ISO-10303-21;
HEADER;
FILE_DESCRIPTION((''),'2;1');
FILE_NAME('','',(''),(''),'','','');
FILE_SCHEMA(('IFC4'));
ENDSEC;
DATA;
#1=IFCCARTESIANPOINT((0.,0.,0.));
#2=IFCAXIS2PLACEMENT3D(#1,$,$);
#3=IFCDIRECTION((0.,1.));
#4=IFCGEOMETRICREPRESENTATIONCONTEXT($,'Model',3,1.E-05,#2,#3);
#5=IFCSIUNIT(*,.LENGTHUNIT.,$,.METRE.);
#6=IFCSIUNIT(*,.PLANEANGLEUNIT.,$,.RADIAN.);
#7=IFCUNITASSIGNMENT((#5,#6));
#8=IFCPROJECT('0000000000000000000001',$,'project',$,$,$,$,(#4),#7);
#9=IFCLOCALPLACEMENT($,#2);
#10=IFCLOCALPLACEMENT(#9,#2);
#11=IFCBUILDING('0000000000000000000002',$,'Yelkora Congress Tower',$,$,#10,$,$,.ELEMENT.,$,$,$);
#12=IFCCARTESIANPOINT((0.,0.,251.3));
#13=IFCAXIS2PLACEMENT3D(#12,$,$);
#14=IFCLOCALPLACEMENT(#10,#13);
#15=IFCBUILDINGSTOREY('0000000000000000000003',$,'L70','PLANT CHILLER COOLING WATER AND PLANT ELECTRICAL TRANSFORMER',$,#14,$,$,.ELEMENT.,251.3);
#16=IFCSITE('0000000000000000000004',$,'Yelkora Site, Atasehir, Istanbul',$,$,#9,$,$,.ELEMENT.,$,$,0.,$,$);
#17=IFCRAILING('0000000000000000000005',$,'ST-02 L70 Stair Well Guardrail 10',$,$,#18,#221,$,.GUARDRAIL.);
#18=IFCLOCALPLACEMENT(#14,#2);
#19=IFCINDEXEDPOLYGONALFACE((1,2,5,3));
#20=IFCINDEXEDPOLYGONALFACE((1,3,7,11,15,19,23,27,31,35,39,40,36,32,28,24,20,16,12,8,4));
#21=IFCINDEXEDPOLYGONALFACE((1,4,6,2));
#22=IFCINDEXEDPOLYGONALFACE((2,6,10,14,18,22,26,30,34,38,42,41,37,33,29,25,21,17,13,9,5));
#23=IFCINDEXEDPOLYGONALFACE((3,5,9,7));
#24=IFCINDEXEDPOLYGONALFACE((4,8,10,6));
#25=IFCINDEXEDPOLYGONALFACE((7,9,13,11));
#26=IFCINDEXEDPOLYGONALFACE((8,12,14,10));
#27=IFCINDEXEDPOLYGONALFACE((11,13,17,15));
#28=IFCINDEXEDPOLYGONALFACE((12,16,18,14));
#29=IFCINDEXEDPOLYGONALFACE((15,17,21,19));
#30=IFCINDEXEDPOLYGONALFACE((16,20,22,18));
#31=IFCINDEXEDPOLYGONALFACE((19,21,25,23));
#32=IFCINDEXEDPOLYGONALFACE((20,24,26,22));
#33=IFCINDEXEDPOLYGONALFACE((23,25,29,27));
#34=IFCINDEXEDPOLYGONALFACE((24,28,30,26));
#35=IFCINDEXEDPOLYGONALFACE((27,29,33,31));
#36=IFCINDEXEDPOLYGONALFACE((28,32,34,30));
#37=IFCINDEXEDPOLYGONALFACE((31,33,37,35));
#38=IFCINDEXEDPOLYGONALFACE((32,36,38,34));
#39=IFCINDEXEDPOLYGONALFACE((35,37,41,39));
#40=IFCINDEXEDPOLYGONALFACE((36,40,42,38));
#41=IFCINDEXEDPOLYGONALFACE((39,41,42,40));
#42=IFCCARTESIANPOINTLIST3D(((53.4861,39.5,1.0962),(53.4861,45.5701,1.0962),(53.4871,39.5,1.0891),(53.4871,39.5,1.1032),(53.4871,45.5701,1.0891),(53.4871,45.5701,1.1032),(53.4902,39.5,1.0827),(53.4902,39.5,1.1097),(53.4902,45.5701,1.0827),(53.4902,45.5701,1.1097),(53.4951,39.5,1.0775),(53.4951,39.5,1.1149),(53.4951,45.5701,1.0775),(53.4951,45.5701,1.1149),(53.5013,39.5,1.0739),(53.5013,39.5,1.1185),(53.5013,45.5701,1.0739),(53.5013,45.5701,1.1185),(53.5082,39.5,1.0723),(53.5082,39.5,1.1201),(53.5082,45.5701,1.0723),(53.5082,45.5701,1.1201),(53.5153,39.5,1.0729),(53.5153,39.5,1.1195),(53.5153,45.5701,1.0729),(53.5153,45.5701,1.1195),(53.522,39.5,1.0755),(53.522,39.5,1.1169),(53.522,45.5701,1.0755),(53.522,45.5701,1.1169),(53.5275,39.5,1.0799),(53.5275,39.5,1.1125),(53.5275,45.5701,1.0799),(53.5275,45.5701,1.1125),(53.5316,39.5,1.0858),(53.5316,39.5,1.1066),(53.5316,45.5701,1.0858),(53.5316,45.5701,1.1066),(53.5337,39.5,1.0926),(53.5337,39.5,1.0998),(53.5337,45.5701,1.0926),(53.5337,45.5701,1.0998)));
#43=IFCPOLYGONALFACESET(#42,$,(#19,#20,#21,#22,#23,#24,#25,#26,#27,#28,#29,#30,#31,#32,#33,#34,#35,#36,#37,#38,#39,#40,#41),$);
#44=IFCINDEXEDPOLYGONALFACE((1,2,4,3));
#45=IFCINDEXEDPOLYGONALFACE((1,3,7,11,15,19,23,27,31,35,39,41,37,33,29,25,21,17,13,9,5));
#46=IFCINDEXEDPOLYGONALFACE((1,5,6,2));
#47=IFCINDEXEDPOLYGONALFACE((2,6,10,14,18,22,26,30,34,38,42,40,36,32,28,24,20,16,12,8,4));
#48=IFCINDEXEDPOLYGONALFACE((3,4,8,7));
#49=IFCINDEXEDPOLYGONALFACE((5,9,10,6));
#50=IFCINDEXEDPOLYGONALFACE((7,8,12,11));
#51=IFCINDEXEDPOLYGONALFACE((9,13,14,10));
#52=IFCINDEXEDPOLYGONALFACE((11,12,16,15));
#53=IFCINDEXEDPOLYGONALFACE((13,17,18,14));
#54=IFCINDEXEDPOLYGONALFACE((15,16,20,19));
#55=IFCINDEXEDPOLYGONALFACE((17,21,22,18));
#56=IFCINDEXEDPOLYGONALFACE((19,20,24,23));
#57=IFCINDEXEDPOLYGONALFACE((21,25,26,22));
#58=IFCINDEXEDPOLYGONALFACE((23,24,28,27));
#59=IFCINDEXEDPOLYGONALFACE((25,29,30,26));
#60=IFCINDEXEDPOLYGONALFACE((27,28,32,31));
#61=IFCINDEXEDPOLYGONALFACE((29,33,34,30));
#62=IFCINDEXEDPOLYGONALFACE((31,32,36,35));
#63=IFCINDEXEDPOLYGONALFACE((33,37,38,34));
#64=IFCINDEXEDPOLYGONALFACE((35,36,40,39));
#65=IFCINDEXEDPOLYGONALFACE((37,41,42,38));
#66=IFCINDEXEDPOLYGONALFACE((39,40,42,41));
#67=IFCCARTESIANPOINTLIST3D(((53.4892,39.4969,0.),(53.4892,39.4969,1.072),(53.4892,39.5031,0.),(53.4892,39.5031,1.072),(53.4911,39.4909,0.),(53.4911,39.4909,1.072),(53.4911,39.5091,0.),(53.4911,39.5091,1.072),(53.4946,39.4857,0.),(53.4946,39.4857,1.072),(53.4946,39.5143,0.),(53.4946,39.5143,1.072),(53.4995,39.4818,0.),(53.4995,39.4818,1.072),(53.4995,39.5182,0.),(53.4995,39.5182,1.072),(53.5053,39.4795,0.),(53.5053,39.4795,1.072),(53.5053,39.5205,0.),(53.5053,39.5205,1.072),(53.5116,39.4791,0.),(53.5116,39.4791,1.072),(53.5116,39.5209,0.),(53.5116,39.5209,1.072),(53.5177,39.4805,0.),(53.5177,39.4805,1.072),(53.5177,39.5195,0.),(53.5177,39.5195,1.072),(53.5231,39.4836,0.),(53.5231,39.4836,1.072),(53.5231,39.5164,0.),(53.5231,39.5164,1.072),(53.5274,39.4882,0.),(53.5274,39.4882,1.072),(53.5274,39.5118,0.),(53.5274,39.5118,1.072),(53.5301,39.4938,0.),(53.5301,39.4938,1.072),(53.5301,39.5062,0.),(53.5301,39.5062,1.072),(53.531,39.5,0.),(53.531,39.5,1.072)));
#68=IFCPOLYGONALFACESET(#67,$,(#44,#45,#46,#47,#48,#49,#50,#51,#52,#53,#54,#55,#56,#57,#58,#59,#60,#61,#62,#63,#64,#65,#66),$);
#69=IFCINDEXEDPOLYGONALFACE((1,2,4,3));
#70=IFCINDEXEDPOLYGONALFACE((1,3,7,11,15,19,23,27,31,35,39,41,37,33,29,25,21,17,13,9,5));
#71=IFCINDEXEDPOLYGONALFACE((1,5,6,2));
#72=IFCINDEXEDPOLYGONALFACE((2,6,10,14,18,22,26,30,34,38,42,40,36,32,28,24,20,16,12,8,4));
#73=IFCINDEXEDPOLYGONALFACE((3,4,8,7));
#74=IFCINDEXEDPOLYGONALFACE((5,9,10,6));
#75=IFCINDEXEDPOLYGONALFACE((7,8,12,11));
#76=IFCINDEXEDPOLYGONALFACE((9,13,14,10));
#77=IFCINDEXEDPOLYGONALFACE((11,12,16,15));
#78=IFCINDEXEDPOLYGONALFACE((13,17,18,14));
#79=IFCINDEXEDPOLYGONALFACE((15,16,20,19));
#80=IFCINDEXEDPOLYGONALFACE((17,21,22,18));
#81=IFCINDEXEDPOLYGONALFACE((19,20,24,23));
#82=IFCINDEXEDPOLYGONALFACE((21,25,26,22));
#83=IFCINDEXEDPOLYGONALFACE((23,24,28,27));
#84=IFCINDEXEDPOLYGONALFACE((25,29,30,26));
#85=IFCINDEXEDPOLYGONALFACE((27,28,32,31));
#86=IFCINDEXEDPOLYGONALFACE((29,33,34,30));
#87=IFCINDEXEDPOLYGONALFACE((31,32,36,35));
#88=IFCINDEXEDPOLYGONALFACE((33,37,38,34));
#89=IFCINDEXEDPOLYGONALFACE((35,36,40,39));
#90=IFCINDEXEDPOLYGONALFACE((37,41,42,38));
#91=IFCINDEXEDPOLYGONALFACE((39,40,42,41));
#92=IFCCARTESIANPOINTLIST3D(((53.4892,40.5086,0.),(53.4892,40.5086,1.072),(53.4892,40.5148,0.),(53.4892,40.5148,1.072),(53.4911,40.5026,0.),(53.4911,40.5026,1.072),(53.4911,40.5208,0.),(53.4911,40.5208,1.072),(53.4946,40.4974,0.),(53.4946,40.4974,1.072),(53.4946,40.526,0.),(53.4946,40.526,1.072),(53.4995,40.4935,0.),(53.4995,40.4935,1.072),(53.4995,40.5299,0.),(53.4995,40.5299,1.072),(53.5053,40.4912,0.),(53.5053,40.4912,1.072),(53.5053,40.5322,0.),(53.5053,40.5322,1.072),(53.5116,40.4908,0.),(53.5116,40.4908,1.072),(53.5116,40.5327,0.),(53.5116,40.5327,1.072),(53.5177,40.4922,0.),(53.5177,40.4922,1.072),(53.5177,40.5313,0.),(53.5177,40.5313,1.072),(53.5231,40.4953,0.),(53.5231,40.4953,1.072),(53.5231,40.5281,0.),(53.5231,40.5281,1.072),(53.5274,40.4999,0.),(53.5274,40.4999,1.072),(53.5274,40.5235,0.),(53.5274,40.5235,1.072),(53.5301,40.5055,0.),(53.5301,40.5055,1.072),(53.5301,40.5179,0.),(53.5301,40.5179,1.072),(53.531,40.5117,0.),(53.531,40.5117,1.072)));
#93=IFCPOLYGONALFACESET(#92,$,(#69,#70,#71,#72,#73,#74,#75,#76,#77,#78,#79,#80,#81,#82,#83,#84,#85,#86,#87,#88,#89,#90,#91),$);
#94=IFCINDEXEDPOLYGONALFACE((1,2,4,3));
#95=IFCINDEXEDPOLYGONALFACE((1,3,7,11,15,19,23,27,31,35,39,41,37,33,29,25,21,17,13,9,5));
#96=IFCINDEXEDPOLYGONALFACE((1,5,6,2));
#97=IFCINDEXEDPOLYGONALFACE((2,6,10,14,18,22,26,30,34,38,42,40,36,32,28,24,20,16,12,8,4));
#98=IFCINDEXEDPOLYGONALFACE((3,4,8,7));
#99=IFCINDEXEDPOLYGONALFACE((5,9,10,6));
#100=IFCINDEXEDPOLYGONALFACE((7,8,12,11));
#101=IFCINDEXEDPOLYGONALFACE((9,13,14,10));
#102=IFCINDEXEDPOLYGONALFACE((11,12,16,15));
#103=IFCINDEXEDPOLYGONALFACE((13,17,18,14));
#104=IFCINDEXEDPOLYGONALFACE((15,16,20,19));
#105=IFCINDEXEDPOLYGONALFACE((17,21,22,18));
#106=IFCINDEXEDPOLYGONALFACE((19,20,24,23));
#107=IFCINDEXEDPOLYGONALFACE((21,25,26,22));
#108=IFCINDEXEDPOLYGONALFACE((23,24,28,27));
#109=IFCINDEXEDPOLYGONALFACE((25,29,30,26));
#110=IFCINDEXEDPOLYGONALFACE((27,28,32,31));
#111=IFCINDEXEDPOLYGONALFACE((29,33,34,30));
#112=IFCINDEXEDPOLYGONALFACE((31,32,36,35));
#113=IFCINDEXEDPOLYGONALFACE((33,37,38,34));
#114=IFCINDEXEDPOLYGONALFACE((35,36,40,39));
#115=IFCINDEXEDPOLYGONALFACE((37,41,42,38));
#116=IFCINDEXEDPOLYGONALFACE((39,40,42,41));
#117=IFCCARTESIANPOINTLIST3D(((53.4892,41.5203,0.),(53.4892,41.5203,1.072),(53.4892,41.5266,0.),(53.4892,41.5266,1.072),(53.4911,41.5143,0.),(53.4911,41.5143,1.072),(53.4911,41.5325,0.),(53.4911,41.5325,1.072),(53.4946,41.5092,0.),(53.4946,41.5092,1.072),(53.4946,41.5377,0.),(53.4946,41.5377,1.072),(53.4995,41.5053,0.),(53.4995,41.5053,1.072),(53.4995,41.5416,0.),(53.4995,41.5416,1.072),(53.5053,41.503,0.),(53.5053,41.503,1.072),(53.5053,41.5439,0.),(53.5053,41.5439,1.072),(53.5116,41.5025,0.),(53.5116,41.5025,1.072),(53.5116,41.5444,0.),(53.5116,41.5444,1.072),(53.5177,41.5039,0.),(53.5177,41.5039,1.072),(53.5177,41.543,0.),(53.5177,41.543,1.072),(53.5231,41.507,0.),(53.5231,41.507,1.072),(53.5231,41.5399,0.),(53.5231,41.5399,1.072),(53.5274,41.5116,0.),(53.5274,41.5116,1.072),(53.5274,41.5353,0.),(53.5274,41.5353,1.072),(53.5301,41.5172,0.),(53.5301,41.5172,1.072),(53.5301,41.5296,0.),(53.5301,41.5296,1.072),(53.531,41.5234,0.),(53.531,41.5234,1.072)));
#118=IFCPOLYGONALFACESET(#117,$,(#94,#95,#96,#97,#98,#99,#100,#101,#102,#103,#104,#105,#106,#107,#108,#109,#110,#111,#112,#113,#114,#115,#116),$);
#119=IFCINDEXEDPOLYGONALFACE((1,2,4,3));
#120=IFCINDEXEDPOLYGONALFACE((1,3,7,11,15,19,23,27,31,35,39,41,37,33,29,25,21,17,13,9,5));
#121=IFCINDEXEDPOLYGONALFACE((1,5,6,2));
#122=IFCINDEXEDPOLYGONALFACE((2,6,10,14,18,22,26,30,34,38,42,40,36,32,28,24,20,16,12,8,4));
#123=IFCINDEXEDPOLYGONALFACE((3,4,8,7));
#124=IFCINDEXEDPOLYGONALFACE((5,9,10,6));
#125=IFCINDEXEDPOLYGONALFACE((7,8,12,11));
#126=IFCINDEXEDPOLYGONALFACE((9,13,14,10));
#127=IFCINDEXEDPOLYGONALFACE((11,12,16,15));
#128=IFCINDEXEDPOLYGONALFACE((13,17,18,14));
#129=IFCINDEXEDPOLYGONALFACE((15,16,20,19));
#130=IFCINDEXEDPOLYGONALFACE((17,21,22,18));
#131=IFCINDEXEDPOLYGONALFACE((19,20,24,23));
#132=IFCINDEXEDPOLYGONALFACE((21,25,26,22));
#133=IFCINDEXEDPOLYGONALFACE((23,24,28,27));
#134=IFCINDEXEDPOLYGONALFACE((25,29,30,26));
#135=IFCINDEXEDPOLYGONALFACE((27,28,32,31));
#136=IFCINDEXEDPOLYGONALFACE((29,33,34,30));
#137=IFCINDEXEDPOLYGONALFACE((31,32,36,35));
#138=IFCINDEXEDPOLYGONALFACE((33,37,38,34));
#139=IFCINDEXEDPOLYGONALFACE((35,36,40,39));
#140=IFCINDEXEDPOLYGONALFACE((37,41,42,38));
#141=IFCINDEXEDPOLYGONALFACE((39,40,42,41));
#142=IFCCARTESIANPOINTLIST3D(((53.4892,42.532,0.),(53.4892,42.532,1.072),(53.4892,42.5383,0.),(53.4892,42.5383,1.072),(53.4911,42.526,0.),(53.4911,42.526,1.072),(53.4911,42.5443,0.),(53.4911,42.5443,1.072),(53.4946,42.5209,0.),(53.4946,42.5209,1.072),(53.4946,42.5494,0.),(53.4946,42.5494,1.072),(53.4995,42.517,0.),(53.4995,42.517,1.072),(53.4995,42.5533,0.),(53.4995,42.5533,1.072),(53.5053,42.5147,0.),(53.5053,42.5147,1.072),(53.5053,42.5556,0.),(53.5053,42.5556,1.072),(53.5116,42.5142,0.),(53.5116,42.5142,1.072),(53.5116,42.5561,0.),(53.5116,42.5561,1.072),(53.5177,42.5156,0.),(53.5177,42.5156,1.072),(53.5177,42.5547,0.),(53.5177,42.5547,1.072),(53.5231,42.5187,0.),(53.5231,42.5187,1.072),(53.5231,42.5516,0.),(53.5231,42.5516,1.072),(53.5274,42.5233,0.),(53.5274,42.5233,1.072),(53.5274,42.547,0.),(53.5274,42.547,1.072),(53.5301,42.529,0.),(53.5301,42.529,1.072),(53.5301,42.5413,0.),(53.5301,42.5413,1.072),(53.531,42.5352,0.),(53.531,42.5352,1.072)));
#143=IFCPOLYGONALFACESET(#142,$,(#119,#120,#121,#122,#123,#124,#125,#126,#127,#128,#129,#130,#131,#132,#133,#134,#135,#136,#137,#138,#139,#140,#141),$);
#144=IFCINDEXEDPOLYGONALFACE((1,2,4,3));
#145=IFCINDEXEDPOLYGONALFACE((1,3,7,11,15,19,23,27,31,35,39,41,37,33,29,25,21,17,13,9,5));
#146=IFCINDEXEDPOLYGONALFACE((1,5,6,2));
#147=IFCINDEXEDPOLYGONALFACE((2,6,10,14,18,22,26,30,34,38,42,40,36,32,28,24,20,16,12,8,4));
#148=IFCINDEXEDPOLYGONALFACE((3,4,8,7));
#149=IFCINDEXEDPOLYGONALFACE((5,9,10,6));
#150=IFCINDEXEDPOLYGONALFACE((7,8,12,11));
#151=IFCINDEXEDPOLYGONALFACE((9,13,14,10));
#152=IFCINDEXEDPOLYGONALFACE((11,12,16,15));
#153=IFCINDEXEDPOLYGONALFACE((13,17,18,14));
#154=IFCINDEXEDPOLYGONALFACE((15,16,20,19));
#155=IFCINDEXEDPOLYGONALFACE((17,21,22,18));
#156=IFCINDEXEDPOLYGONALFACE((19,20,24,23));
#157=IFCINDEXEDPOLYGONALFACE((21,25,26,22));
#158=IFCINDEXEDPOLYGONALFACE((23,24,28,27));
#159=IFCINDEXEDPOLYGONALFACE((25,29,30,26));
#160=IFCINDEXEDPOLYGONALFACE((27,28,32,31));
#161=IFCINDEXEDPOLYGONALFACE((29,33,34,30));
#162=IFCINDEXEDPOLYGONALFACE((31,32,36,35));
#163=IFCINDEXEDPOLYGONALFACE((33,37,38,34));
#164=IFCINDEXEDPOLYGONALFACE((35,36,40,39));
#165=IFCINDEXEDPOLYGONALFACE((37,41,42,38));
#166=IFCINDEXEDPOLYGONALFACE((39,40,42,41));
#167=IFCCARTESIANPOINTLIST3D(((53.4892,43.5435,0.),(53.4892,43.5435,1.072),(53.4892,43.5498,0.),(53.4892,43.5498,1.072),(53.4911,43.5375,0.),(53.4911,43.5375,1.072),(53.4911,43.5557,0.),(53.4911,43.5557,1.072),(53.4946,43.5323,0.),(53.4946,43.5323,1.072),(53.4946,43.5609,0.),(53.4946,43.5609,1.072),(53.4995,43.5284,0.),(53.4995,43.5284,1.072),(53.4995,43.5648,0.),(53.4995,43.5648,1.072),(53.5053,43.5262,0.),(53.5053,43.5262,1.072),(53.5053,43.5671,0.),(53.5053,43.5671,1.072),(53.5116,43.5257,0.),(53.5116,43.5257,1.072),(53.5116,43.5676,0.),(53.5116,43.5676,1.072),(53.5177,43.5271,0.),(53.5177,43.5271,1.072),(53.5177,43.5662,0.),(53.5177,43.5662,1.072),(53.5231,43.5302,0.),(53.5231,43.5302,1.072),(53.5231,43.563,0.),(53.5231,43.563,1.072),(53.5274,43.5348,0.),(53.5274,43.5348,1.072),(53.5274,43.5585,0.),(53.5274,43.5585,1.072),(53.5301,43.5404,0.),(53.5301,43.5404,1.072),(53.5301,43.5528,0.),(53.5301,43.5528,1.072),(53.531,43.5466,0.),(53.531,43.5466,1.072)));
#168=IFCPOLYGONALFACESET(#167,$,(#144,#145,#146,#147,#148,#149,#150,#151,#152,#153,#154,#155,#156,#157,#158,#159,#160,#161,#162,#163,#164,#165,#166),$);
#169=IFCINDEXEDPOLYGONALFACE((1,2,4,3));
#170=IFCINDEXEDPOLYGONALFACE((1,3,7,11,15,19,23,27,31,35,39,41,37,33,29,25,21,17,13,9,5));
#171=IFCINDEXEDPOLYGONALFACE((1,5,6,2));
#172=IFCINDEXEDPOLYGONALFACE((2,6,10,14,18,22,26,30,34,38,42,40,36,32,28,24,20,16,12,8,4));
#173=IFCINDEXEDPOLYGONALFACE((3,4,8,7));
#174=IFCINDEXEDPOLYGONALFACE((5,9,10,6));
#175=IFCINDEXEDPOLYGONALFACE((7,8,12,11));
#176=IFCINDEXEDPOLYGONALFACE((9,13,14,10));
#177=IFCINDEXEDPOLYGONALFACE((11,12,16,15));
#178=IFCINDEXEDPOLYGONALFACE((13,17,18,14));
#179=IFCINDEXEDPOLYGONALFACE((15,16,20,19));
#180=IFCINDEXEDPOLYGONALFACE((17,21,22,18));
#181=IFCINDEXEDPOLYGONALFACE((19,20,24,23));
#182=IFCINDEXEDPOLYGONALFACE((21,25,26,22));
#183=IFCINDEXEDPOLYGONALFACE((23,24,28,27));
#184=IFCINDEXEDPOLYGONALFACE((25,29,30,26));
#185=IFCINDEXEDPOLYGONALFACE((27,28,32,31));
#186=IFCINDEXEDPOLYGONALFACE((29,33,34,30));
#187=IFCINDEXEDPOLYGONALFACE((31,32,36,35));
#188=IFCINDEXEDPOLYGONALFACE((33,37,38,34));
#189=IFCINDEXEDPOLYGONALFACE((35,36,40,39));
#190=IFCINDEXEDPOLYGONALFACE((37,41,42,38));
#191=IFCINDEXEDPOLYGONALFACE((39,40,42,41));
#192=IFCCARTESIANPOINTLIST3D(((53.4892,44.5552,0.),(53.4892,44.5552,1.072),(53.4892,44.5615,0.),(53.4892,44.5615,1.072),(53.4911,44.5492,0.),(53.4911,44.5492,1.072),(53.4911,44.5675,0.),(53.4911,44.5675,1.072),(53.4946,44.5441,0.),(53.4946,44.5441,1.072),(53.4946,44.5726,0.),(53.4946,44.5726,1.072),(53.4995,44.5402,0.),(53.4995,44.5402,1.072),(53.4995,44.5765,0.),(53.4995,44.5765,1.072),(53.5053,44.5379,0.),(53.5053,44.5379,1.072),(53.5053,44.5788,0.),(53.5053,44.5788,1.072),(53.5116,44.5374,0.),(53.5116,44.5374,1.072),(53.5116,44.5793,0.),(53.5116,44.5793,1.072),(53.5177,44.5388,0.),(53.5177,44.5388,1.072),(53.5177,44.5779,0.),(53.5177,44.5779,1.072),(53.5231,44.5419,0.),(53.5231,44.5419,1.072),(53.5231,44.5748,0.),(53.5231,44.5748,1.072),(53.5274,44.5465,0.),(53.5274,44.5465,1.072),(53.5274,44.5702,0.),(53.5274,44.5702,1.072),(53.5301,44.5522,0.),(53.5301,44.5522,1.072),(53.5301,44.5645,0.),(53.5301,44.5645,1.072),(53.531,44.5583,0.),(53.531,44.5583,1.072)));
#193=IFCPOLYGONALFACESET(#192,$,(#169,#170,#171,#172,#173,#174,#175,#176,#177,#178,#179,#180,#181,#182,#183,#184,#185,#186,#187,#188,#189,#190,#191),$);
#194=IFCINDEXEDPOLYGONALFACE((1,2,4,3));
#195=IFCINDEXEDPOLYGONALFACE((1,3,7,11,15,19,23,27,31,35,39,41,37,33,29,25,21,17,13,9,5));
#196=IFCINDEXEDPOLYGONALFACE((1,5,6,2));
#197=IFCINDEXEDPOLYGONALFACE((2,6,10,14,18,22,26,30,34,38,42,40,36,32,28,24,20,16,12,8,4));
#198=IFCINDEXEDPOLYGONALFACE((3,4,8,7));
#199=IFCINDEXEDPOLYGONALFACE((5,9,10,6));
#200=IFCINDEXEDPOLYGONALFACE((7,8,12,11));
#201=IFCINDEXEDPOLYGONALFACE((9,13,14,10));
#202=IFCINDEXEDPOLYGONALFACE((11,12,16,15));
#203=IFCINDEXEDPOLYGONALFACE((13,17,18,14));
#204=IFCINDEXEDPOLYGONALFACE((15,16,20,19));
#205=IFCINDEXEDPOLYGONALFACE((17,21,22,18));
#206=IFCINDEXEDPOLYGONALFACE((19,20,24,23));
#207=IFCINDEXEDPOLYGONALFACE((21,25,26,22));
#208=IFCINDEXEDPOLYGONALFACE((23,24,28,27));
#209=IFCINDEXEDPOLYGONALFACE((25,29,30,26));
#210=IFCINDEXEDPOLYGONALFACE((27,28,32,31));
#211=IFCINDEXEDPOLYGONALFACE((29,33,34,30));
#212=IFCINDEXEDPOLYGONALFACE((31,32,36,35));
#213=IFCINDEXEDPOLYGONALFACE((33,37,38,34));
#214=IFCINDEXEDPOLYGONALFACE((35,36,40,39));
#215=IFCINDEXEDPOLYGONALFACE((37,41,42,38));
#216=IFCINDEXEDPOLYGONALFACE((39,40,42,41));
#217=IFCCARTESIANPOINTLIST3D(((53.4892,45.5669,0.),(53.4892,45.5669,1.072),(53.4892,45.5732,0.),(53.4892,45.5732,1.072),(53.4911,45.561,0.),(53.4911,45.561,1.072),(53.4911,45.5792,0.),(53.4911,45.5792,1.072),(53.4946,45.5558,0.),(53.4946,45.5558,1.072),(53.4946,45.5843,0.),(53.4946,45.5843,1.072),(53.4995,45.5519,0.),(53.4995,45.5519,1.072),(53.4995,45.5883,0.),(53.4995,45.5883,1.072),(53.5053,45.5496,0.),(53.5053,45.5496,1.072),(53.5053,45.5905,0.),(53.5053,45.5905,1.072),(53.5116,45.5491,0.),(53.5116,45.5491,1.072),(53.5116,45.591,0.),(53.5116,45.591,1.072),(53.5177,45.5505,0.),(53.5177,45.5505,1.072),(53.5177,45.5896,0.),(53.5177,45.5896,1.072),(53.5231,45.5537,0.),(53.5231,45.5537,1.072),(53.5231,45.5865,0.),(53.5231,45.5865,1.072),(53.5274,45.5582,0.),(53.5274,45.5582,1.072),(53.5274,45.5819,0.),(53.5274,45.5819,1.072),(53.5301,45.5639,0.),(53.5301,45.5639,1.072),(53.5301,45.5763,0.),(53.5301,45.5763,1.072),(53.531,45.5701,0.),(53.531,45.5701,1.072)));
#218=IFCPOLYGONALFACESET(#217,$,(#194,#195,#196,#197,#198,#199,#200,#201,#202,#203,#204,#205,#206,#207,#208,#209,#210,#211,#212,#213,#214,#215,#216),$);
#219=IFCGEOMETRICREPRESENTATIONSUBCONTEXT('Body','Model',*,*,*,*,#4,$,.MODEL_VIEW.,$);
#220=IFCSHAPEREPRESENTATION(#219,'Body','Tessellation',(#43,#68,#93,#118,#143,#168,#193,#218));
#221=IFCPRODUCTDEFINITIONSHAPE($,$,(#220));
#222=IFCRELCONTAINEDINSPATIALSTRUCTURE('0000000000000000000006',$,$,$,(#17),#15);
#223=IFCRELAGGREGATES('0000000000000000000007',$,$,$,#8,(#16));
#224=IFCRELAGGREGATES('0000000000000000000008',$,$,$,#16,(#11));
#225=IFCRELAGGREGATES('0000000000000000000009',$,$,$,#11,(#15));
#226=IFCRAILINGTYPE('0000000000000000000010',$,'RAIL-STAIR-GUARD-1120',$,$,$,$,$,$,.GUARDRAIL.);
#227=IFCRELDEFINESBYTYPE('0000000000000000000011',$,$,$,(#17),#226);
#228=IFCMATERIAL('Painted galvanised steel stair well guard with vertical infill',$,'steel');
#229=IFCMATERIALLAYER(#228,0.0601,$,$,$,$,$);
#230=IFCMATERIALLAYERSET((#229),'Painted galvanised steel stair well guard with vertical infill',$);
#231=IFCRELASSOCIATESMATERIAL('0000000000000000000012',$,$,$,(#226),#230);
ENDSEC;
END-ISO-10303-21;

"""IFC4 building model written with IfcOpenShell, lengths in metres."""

from ifc_helpers import new_model, si_unit, direction, frame, origin, origin_2d, place, context, subcontext, project, spatial, circle, extrude, material, layer, layer_set, type_object, element, save


model = new_model("IFC4")

# Units and contexts
model_context = context("Model", 3, precision=1e-05, world=origin(), true_north=direction((0.0, 1.0)))
body_context = subcontext(model_context, "Body", "Model", "MODEL_VIEW")
ifc_project = project(units=[si_unit("LENGTHUNIT", "METRE"), si_unit("PLANEANGLEUNIT", "RADIAN")], contexts=[model_context])

# Site, building, storey
site_placement = place(None, origin())
site = spatial("IfcSite", under=ifc_project, at=site_placement, Name="Yelkora Site, Atasehir, Istanbul", CompositionType="ELEMENT", RefElevation=0.0)
building_placement = place(site_placement, origin())
building = spatial("IfcBuilding", under=site, at=building_placement, Name="Yelkora Congress Tower", CompositionType="ELEMENT")
storey_placement = place(building_placement, frame((0.0, 0.0, 251.3)))
storey = spatial("IfcBuildingStorey", under=building, at=storey_placement, Name="L70", Description="PLANT CHILLER COOLING WATER AND PLANT ELECTRICAL TRANSFORMER", CompositionType="ELEMENT", Elevation=251.3)

# Railing
ifc_material_1 = material(Name="Painted galvanised steel stair well guard with vertical infill", Category="steel")
ifc_layer_1 = layer(ifc_material_1, 0.0601)
ifc_layer_set_1 = layer_set([ifc_layer_1], Name="Painted galvanised steel stair well guard with vertical infill")
railing_type_1 = type_object("IfcRailingType", Name="RAIL-STAIR-GUARD-1120", PredefinedType="GUARDRAIL", material=ifc_layer_set_1)
railing_1_placement = place(storey_placement, frame((53.51, 39.5, 0.0)))
element("IfcRailing", 1, at=railing_1_placement, inside=storey, type_object=railing_type_1, Name="ST-02 L70 Stair Well Guardrail 10", PredefinedType="GUARDRAIL", context=body_context, shape_type="SweptSolid", body=[
    extrude(circle(Radius=0.0239, at=origin_2d()), frame((0.0, 0.0, 1.0962), z_axis=(0.0, 1.0, 0.0), x_axis=(-1.0, 0.0, 0.0)), (0.0, 0.0, 1.0), 6.0701),
    extrude(circle(Radius=0.021, at=origin_2d()), origin(), (0.0, 0.0, 1.0), 1.072),
    extrude(circle(Radius=0.021, at=origin_2d()), frame((0.0, 1.0117, 0.0)), (0.0, 0.0, 1.0), 1.072),
    extrude(circle(Radius=0.021, at=origin_2d()), frame((0.0, 2.0234, 0.0)), (0.0, 0.0, 1.0), 1.072),
    extrude(circle(Radius=0.021, at=origin_2d()), frame((0.0, 3.0352, 0.0)), (0.0, 0.0, 1.0), 1.072),
    extrude(circle(Radius=0.021, at=origin_2d()), frame((0.0, 4.0466, 0.0)), (0.0, 0.0, 1.0), 1.072),
    extrude(circle(Radius=0.021, at=origin_2d()), frame((0.0, 5.0583, 0.0)), (0.0, 0.0, 1.0), 1.072),
    extrude(circle(Radius=0.021, at=origin_2d()), frame((0.0, 6.0701, 0.0)), (0.0, 0.0, 1.0), 1.072),
])

save(model, "model.ifc")
